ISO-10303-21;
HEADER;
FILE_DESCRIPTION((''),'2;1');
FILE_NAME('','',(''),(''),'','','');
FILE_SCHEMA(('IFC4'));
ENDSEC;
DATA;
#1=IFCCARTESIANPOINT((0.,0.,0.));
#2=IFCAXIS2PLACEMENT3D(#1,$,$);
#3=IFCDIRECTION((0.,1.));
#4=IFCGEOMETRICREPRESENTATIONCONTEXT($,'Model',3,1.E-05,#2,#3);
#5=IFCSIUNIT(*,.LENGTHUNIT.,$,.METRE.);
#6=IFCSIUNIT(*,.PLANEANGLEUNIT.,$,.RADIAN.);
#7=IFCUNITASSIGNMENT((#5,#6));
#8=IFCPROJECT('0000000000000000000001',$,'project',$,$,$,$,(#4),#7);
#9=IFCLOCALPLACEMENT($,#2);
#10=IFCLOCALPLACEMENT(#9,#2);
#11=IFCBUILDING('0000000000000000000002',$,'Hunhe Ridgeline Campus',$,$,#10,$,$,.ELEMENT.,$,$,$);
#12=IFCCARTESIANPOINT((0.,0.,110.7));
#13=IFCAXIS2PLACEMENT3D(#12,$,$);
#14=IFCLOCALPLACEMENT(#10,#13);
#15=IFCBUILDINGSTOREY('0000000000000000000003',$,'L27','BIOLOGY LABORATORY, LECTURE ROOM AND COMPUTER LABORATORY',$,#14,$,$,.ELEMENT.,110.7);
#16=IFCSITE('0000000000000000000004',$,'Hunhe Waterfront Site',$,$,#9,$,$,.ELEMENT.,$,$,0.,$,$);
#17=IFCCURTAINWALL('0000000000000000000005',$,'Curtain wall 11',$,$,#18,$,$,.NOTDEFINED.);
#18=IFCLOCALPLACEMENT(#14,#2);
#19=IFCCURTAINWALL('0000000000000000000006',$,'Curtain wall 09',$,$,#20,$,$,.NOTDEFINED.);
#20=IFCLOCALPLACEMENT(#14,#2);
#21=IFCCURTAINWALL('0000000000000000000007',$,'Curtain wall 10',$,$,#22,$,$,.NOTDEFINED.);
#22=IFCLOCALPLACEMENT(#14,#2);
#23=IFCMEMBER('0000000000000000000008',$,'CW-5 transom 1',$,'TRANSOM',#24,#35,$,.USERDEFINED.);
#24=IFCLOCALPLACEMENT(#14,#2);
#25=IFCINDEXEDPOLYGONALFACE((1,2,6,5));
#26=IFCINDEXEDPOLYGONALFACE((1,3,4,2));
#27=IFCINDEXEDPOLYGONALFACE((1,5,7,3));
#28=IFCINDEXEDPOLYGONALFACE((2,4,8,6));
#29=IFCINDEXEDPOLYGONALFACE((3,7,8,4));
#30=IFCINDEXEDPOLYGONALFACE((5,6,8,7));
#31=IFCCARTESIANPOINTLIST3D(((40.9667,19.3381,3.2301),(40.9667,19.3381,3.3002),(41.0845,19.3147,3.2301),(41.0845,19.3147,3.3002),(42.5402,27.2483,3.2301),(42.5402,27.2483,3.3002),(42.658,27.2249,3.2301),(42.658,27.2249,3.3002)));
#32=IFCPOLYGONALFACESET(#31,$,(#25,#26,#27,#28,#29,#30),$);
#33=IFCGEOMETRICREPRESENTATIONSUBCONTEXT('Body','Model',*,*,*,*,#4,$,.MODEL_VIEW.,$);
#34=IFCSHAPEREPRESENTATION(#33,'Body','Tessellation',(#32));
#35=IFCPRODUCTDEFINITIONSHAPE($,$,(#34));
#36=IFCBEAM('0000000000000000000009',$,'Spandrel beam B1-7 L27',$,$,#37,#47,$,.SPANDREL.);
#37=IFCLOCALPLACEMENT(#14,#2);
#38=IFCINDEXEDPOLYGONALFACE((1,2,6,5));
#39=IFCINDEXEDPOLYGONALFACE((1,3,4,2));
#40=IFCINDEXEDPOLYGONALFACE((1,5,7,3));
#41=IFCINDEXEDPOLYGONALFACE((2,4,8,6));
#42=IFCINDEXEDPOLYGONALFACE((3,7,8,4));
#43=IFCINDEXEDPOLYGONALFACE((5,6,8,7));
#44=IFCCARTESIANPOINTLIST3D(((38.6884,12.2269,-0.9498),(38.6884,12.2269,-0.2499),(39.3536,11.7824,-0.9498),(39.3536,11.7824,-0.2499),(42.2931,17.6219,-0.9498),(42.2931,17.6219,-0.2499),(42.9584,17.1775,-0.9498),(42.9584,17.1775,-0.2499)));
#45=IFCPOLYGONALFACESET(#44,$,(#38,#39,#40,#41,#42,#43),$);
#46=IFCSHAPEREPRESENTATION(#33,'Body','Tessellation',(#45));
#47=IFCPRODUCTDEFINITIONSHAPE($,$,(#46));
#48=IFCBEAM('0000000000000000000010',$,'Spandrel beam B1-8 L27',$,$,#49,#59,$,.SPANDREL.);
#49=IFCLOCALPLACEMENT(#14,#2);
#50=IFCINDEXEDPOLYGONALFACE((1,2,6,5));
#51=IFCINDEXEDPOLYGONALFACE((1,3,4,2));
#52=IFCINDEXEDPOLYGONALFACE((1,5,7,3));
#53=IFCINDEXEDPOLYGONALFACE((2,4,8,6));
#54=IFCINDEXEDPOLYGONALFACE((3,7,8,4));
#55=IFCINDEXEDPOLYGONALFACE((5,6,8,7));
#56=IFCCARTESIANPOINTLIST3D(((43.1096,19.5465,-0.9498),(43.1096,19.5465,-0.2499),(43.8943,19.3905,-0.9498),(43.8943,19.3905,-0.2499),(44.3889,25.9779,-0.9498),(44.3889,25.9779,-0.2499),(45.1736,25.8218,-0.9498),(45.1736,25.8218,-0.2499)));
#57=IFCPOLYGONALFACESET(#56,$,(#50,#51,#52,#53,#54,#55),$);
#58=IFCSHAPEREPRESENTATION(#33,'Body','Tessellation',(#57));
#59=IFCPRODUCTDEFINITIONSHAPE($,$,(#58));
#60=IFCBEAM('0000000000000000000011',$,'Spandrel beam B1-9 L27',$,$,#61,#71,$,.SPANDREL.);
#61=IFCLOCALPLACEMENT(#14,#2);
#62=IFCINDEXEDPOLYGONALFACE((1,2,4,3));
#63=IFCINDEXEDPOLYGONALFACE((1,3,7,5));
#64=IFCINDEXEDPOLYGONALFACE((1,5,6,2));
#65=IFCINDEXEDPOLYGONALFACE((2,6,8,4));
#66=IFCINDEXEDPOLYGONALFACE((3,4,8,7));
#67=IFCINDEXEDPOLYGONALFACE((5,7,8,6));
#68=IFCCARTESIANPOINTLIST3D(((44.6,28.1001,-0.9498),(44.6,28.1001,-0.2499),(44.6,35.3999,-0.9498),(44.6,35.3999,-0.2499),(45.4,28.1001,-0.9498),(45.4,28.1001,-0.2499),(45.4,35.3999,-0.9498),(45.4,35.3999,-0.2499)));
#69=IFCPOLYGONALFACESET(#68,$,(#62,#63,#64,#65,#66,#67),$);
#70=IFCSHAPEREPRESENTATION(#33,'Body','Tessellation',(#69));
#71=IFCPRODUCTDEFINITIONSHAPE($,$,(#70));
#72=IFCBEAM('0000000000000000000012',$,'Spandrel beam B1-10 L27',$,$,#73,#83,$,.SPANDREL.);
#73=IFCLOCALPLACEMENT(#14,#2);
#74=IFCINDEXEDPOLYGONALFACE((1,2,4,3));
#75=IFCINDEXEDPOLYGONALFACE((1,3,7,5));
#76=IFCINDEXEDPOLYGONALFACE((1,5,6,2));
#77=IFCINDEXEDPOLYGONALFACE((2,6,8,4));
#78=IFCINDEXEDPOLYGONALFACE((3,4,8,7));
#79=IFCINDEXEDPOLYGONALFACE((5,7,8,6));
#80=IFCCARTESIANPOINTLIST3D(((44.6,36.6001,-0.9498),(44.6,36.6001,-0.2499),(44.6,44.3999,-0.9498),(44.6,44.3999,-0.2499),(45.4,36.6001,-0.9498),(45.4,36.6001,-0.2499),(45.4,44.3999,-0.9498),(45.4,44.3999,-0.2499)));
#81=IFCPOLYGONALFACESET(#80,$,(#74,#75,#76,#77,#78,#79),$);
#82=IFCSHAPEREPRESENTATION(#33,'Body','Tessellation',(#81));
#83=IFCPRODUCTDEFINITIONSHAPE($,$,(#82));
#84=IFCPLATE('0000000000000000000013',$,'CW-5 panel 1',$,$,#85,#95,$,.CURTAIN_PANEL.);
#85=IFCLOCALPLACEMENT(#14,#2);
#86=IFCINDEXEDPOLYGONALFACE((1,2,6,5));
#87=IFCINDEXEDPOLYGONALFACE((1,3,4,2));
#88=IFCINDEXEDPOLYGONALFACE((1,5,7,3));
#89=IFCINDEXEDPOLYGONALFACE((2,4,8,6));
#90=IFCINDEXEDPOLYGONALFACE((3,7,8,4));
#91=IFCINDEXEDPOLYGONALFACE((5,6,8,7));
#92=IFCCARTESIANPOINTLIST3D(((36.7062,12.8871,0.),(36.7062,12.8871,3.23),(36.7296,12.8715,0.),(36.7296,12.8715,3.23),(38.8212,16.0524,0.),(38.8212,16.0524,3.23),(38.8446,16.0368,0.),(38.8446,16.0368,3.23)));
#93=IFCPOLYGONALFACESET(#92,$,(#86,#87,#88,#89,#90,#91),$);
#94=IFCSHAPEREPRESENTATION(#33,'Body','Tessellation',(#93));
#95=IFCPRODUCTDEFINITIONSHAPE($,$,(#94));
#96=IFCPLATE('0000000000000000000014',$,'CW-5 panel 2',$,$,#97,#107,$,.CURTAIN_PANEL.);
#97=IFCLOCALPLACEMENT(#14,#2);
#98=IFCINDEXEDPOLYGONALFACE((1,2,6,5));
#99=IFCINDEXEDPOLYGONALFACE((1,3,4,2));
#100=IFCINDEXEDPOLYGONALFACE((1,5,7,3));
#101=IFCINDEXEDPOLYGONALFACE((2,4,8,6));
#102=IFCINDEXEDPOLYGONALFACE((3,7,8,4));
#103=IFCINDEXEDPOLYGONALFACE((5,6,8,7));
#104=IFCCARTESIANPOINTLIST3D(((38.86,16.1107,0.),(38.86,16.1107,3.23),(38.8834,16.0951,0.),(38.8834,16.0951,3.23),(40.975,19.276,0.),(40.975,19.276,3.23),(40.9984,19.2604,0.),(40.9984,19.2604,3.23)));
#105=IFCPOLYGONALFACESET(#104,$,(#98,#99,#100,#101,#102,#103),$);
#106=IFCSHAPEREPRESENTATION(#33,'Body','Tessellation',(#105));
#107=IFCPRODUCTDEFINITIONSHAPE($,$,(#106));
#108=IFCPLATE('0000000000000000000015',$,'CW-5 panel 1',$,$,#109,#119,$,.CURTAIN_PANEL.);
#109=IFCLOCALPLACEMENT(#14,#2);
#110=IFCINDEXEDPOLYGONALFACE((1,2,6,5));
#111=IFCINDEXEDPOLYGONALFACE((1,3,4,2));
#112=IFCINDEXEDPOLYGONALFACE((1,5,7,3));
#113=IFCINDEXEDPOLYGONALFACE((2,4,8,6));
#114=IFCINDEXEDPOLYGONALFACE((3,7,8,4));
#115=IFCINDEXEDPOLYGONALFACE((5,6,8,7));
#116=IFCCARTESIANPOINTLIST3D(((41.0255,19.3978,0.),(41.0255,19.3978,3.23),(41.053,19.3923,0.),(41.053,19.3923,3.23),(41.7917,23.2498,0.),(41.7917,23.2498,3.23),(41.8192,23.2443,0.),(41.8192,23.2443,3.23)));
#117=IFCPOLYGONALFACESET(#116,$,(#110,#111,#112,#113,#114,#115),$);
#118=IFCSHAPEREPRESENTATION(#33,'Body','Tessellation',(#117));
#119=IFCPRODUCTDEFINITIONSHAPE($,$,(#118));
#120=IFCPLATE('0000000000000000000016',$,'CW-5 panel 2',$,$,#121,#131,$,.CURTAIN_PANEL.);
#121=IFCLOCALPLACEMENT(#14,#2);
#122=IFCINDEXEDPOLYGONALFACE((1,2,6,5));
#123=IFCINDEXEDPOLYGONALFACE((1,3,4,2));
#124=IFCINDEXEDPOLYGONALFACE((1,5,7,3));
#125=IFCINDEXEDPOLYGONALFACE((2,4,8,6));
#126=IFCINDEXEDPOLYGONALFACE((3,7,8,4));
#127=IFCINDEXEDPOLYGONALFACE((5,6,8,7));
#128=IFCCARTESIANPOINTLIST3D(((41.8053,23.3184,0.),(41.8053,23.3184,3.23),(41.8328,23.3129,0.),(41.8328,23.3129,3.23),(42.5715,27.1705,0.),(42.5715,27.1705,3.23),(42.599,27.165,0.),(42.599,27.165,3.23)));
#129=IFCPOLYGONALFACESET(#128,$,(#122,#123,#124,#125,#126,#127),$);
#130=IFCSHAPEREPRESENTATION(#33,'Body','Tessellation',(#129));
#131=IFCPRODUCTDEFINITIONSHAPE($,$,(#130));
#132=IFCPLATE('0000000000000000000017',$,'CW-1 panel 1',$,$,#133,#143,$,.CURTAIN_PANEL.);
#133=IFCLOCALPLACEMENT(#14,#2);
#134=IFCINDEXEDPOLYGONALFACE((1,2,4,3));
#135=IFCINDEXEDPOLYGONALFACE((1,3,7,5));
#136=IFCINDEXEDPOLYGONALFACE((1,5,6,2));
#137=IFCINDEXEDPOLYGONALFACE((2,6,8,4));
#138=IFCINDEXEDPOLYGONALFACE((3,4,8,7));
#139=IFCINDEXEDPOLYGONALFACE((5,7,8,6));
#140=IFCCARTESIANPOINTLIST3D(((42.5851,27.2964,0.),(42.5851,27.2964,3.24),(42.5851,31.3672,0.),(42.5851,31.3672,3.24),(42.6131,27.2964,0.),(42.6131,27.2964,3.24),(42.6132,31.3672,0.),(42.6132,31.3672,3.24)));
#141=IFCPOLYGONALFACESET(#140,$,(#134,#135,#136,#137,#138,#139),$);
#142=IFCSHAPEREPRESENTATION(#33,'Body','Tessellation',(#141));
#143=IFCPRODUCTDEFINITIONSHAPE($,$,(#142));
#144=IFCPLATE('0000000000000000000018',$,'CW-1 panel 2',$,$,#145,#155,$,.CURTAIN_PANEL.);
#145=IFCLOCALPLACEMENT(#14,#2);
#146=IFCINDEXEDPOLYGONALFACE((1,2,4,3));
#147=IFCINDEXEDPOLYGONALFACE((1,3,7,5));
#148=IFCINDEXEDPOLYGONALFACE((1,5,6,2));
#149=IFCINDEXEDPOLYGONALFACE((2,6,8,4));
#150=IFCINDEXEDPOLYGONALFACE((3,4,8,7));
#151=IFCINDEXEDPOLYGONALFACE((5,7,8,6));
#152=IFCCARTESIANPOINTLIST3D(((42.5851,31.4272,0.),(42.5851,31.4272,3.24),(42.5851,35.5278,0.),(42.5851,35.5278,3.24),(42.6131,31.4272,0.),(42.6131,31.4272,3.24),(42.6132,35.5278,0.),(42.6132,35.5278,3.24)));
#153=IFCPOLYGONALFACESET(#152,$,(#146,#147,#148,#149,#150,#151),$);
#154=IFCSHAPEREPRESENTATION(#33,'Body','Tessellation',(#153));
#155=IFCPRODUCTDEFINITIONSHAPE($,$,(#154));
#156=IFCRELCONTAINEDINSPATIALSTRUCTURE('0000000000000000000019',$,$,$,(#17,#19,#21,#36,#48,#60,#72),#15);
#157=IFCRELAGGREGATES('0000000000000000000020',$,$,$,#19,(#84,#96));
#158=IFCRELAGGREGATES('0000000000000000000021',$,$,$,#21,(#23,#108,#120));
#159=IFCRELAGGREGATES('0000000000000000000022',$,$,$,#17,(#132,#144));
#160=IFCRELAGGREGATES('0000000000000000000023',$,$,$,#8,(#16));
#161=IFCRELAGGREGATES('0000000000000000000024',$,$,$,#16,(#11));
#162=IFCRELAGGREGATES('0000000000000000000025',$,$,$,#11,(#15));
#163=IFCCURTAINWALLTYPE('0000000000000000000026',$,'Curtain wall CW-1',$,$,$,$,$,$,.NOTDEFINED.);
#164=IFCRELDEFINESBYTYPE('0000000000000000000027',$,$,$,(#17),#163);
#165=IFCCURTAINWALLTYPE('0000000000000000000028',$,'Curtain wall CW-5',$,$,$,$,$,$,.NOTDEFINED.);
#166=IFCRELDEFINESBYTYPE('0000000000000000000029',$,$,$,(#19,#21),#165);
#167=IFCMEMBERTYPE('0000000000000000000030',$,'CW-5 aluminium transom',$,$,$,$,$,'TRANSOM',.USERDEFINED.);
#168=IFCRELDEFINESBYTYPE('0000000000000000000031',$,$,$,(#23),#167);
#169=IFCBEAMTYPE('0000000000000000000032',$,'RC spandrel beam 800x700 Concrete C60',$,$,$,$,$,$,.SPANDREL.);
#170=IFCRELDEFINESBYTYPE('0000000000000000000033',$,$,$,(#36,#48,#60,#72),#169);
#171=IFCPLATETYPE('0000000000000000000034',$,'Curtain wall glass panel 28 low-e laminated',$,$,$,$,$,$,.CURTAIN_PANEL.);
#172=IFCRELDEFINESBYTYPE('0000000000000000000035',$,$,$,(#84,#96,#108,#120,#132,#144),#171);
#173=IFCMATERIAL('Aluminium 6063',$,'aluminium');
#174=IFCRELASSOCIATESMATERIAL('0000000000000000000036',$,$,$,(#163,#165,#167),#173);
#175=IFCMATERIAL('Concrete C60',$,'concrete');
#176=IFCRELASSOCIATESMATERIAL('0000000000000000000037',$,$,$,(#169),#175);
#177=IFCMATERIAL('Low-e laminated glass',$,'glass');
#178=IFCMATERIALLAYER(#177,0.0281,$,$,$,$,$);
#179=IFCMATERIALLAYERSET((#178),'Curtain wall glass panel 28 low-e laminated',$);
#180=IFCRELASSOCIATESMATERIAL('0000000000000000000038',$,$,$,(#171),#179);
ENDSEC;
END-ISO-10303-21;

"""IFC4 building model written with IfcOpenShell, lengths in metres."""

from ifc_helpers import new_model, si_unit, direction, frame, origin, origin_2d, place, context, subcontext, project, spatial, rectangle, extrude, material, layer, layer_set, material_profile, profile_set, type_object, element, aggregate, save


model = new_model("IFC4")

# Units and contexts
model_context = context("Model", 3, precision=1e-05, world=origin(), true_north=direction((0.0, 1.0)))
body_context = subcontext(model_context, "Body", "Model", "MODEL_VIEW")
ifc_project = project(units=[si_unit("LENGTHUNIT", "METRE"), si_unit("PLANEANGLEUNIT", "RADIAN")], contexts=[model_context])

# Site, building, storey
site_placement = place(None, origin())
site = spatial("IfcSite", under=ifc_project, at=site_placement, Name="Hunhe Waterfront Site", CompositionType="ELEMENT", RefElevation=0.0)
building_placement = place(site_placement, origin())
building = spatial("IfcBuilding", under=site, at=building_placement, Name="Hunhe Ridgeline Campus", CompositionType="ELEMENT")
storey_placement = place(building_placement, frame((0.0, 0.0, 110.7)))
storey = spatial("IfcBuildingStorey", under=building, at=storey_placement, Name="L27", Description="BIOLOGY LABORATORY, LECTURE ROOM AND COMPUTER LABORATORY", CompositionType="ELEMENT", Elevation=110.7)

# Curtain walls, member
ifc_material_1 = material(Name="Aluminium 6063", Category="aluminium")
curtain_wall_type_1 = type_object("IfcCurtainWallType", Name="Curtain wall CW-1", PredefinedType="NOTDEFINED", material=ifc_material_1)
curtain_wall_1_placement = place(storey_placement, origin())
curtain_wall_1 = element("IfcCurtainWall", 1, at=curtain_wall_1_placement, inside=storey, type_object=curtain_wall_type_1, Name="Curtain wall 11", PredefinedType="NOTDEFINED")
curtain_wall_type_2 = type_object("IfcCurtainWallType", Name="Curtain wall CW-5", PredefinedType="NOTDEFINED", material=ifc_material_1)
curtain_wall_2_placement = place(storey_placement, origin())
curtain_wall_2 = element("IfcCurtainWall", 2, at=curtain_wall_2_placement, inside=storey, type_object=curtain_wall_type_2, Name="Curtain wall 09", PredefinedType="NOTDEFINED")
curtain_wall_3_placement = place(storey_placement, origin())
curtain_wall_3 = element("IfcCurtainWall", 3, at=curtain_wall_3_placement, inside=storey, type_object=curtain_wall_type_2, Name="Curtain wall 10", PredefinedType="NOTDEFINED")
ifc_material_profile_1 = material_profile(ifc_material_1, rectangle(XDim=0.1201, YDim=0.0701, at=origin_2d()))
ifc_profile_set_1 = profile_set([ifc_material_profile_1], Name="Aluminium 6063")
member_type_1 = type_object("IfcMemberType", Name="CW-5 aluminium transom", ElementType="TRANSOM", PredefinedType="USERDEFINED", material=ifc_profile_set_1)
member_1_placement = place(storey_placement, frame((41.0256, 19.3264, 3.2651), z_axis=(0.195097, 0.980784, 0.0), x_axis=(-0.980784, 0.195097, 0.0)))
member_1 = element("IfcMember", 4, at=member_1_placement, type_object=member_type_1, Name="CW-5 transom 1", ObjectType="TRANSOM", PredefinedType="USERDEFINED", context=body_context, shape_type="SweptSolid", body=[
    extrude(rectangle(XDim=0.1201, YDim=0.0701, at=origin_2d()), origin(), (0.0, 0.0, 1.0), 8.0652),
])

# Beams
ifc_material_2 = material(Name="Concrete C60", Category="concrete")
ifc_material_profile_2 = material_profile(ifc_material_2, rectangle(XDim=0.8, YDim=0.7, at=origin_2d()))
ifc_profile_set_2 = profile_set([ifc_material_profile_2], Name="Concrete C60")
beam_type = type_object("IfcBeamType", Name="RC spandrel beam 800x700 Concrete C60", PredefinedType="SPANDREL", material=ifc_profile_set_2)
beam_1_placement = place(storey_placement, frame((39.021, 12.0046, -0.5999), z_axis=(0.55556, 0.831477, 0.0), x_axis=(-0.831477, 0.55556, 0.0)))
element("IfcBeam", 5, at=beam_1_placement, inside=storey, type_object=beam_type, Name="Spandrel beam B1-7 L27", PredefinedType="SPANDREL", context=body_context, shape_type="SweptSolid", body=[
    extrude(rectangle(XDim=0.8, YDim=0.7, at=origin_2d()), origin(), (0.0, 0.0, 1.0), 6.4885),
])
beam_2_placement = place(storey_placement, frame((43.502, 19.4685, -0.5999), z_axis=(0.195092, 0.980785, 0.0), x_axis=(-0.980785, 0.195092, 0.0)))
element("IfcBeam", 6, at=beam_2_placement, inside=storey, type_object=beam_type, Name="Spandrel beam B1-8 L27", PredefinedType="SPANDREL", context=body_context, shape_type="SweptSolid", body=[
    extrude(rectangle(XDim=0.8, YDim=0.7, at=origin_2d()), origin(), (0.0, 0.0, 1.0), 6.5574),
])
beam_3_placement = place(storey_placement, frame((45.0, 28.1001, -0.5999), z_axis=(0.0, 1.0, 0.0), x_axis=(-1.0, 0.0, 0.0)))
element("IfcBeam", 7, at=beam_3_placement, inside=storey, type_object=beam_type, Name="Spandrel beam B1-9 L27", PredefinedType="SPANDREL", context=body_context, shape_type="SweptSolid", body=[
    extrude(rectangle(XDim=0.8, YDim=0.7, at=origin_2d()), origin(), (0.0, 0.0, 1.0), 7.2998),
])
beam_4_placement = place(storey_placement, frame((45.0, 36.6001, -0.5999), z_axis=(0.0, 1.0, 0.0), x_axis=(-1.0, 0.0, 0.0)))
element("IfcBeam", 8, at=beam_4_placement, inside=storey, type_object=beam_type, Name="Spandrel beam B1-10 L27", PredefinedType="SPANDREL", context=body_context, shape_type="SweptSolid", body=[
    extrude(rectangle(XDim=0.8, YDim=0.7, at=origin_2d()), origin(), (0.0, 0.0, 1.0), 7.7998),
])

# Plates
ifc_material_3 = material(Name="Low-e laminated glass", Category="glass")
ifc_layer = layer(ifc_material_3, 0.0281)
ifc_layer_set = layer_set([ifc_layer], Name="Curtain wall glass panel 28 low-e laminated")
plate_type = type_object("IfcPlateType", Name="Curtain wall glass panel 28 low-e laminated", PredefinedType="CURTAIN_PANEL", material=ifc_layer_set)
plate_1_placement = place(storey_placement, frame((37.7754, 14.4619, 0.0), z_axis=(0.0, 0.0, 1.0), x_axis=(0.55557, 0.83147, 0.0)))
plate_1 = element("IfcPlate", 9, at=plate_1_placement, type_object=plate_type, Name="CW-5 panel 1", PredefinedType="CURTAIN_PANEL", context=body_context, shape_type="SweptSolid", body=[
    extrude(rectangle(XDim=3.8069, YDim=0.0281, at=origin_2d()), origin(), (0.0, 0.0, 1.0), 3.23),
])
plate_2_placement = place(storey_placement, frame((39.9292, 17.6855, 0.0), z_axis=(0.0, 0.0, 1.0), x_axis=(0.55557, 0.83147, 0.0)))
plate_2 = element("IfcPlate", 10, at=plate_2_placement, type_object=plate_type, Name="CW-5 panel 2", PredefinedType="CURTAIN_PANEL", context=body_context, shape_type="SweptSolid", body=[
    extrude(rectangle(XDim=3.8069, YDim=0.0281, at=origin_2d()), origin(), (0.0, 0.0, 1.0), 3.23),
])
aggregate(curtain_wall_2, [plate_1, plate_2])
plate_3_placement = place(storey_placement, frame((41.4224, 21.321, 0.0), z_axis=(0.0, 0.0, 1.0), x_axis=(0.19509, 0.980785, 0.0)))
plate_3 = element("IfcPlate", 11, at=plate_3_placement, type_object=plate_type, Name="CW-5 panel 1", PredefinedType="CURTAIN_PANEL", context=body_context, shape_type="SweptSolid", body=[
    extrude(rectangle(XDim=3.9275, YDim=0.0281, at=origin_2d()), origin(), (0.0, 0.0, 1.0), 3.23),
])
plate_4_placement = place(storey_placement, frame((42.2021, 25.2417, 0.0), z_axis=(0.0, 0.0, 1.0), x_axis=(0.19509, 0.980785, 0.0)))
plate_4 = element("IfcPlate", 12, at=plate_4_placement, type_object=plate_type, Name="CW-5 panel 2", PredefinedType="CURTAIN_PANEL", context=body_context, shape_type="SweptSolid", body=[
    extrude(rectangle(XDim=3.9275, YDim=0.0281, at=origin_2d()), origin(), (0.0, 0.0, 1.0), 3.23),
])
aggregate(curtain_wall_3, [member_1, plate_3, plate_4])
plate_5_placement = place(storey_placement, frame((42.5991, 29.3318, 0.0), z_axis=(0.0, 0.0, 1.0), x_axis=(0.000011, 1.0, 0.0)))
plate_5 = element("IfcPlate", 13, at=plate_5_placement, type_object=plate_type, Name="CW-1 panel 1", PredefinedType="CURTAIN_PANEL", context=body_context, shape_type="SweptSolid", body=[
    extrude(rectangle(XDim=4.0708, YDim=0.0281, at=origin_2d()), origin(), (0.0, 0.0, 1.0), 3.24),
])
plate_6_placement = place(storey_placement, frame((42.5991, 33.4775, 0.0), z_axis=(0.0, 0.0, 1.0), x_axis=(0.000011, 1.0, 0.0)))
plate_6 = element("IfcPlate", 14, at=plate_6_placement, type_object=plate_type, Name="CW-1 panel 2", PredefinedType="CURTAIN_PANEL", context=body_context, shape_type="SweptSolid", body=[
    extrude(rectangle(XDim=4.1006, YDim=0.0281, at=origin_2d()), origin(), (0.0, 0.0, 1.0), 3.24),
])
aggregate(curtain_wall_1, [plate_5, plate_6])

save(model, "model.ifc")
